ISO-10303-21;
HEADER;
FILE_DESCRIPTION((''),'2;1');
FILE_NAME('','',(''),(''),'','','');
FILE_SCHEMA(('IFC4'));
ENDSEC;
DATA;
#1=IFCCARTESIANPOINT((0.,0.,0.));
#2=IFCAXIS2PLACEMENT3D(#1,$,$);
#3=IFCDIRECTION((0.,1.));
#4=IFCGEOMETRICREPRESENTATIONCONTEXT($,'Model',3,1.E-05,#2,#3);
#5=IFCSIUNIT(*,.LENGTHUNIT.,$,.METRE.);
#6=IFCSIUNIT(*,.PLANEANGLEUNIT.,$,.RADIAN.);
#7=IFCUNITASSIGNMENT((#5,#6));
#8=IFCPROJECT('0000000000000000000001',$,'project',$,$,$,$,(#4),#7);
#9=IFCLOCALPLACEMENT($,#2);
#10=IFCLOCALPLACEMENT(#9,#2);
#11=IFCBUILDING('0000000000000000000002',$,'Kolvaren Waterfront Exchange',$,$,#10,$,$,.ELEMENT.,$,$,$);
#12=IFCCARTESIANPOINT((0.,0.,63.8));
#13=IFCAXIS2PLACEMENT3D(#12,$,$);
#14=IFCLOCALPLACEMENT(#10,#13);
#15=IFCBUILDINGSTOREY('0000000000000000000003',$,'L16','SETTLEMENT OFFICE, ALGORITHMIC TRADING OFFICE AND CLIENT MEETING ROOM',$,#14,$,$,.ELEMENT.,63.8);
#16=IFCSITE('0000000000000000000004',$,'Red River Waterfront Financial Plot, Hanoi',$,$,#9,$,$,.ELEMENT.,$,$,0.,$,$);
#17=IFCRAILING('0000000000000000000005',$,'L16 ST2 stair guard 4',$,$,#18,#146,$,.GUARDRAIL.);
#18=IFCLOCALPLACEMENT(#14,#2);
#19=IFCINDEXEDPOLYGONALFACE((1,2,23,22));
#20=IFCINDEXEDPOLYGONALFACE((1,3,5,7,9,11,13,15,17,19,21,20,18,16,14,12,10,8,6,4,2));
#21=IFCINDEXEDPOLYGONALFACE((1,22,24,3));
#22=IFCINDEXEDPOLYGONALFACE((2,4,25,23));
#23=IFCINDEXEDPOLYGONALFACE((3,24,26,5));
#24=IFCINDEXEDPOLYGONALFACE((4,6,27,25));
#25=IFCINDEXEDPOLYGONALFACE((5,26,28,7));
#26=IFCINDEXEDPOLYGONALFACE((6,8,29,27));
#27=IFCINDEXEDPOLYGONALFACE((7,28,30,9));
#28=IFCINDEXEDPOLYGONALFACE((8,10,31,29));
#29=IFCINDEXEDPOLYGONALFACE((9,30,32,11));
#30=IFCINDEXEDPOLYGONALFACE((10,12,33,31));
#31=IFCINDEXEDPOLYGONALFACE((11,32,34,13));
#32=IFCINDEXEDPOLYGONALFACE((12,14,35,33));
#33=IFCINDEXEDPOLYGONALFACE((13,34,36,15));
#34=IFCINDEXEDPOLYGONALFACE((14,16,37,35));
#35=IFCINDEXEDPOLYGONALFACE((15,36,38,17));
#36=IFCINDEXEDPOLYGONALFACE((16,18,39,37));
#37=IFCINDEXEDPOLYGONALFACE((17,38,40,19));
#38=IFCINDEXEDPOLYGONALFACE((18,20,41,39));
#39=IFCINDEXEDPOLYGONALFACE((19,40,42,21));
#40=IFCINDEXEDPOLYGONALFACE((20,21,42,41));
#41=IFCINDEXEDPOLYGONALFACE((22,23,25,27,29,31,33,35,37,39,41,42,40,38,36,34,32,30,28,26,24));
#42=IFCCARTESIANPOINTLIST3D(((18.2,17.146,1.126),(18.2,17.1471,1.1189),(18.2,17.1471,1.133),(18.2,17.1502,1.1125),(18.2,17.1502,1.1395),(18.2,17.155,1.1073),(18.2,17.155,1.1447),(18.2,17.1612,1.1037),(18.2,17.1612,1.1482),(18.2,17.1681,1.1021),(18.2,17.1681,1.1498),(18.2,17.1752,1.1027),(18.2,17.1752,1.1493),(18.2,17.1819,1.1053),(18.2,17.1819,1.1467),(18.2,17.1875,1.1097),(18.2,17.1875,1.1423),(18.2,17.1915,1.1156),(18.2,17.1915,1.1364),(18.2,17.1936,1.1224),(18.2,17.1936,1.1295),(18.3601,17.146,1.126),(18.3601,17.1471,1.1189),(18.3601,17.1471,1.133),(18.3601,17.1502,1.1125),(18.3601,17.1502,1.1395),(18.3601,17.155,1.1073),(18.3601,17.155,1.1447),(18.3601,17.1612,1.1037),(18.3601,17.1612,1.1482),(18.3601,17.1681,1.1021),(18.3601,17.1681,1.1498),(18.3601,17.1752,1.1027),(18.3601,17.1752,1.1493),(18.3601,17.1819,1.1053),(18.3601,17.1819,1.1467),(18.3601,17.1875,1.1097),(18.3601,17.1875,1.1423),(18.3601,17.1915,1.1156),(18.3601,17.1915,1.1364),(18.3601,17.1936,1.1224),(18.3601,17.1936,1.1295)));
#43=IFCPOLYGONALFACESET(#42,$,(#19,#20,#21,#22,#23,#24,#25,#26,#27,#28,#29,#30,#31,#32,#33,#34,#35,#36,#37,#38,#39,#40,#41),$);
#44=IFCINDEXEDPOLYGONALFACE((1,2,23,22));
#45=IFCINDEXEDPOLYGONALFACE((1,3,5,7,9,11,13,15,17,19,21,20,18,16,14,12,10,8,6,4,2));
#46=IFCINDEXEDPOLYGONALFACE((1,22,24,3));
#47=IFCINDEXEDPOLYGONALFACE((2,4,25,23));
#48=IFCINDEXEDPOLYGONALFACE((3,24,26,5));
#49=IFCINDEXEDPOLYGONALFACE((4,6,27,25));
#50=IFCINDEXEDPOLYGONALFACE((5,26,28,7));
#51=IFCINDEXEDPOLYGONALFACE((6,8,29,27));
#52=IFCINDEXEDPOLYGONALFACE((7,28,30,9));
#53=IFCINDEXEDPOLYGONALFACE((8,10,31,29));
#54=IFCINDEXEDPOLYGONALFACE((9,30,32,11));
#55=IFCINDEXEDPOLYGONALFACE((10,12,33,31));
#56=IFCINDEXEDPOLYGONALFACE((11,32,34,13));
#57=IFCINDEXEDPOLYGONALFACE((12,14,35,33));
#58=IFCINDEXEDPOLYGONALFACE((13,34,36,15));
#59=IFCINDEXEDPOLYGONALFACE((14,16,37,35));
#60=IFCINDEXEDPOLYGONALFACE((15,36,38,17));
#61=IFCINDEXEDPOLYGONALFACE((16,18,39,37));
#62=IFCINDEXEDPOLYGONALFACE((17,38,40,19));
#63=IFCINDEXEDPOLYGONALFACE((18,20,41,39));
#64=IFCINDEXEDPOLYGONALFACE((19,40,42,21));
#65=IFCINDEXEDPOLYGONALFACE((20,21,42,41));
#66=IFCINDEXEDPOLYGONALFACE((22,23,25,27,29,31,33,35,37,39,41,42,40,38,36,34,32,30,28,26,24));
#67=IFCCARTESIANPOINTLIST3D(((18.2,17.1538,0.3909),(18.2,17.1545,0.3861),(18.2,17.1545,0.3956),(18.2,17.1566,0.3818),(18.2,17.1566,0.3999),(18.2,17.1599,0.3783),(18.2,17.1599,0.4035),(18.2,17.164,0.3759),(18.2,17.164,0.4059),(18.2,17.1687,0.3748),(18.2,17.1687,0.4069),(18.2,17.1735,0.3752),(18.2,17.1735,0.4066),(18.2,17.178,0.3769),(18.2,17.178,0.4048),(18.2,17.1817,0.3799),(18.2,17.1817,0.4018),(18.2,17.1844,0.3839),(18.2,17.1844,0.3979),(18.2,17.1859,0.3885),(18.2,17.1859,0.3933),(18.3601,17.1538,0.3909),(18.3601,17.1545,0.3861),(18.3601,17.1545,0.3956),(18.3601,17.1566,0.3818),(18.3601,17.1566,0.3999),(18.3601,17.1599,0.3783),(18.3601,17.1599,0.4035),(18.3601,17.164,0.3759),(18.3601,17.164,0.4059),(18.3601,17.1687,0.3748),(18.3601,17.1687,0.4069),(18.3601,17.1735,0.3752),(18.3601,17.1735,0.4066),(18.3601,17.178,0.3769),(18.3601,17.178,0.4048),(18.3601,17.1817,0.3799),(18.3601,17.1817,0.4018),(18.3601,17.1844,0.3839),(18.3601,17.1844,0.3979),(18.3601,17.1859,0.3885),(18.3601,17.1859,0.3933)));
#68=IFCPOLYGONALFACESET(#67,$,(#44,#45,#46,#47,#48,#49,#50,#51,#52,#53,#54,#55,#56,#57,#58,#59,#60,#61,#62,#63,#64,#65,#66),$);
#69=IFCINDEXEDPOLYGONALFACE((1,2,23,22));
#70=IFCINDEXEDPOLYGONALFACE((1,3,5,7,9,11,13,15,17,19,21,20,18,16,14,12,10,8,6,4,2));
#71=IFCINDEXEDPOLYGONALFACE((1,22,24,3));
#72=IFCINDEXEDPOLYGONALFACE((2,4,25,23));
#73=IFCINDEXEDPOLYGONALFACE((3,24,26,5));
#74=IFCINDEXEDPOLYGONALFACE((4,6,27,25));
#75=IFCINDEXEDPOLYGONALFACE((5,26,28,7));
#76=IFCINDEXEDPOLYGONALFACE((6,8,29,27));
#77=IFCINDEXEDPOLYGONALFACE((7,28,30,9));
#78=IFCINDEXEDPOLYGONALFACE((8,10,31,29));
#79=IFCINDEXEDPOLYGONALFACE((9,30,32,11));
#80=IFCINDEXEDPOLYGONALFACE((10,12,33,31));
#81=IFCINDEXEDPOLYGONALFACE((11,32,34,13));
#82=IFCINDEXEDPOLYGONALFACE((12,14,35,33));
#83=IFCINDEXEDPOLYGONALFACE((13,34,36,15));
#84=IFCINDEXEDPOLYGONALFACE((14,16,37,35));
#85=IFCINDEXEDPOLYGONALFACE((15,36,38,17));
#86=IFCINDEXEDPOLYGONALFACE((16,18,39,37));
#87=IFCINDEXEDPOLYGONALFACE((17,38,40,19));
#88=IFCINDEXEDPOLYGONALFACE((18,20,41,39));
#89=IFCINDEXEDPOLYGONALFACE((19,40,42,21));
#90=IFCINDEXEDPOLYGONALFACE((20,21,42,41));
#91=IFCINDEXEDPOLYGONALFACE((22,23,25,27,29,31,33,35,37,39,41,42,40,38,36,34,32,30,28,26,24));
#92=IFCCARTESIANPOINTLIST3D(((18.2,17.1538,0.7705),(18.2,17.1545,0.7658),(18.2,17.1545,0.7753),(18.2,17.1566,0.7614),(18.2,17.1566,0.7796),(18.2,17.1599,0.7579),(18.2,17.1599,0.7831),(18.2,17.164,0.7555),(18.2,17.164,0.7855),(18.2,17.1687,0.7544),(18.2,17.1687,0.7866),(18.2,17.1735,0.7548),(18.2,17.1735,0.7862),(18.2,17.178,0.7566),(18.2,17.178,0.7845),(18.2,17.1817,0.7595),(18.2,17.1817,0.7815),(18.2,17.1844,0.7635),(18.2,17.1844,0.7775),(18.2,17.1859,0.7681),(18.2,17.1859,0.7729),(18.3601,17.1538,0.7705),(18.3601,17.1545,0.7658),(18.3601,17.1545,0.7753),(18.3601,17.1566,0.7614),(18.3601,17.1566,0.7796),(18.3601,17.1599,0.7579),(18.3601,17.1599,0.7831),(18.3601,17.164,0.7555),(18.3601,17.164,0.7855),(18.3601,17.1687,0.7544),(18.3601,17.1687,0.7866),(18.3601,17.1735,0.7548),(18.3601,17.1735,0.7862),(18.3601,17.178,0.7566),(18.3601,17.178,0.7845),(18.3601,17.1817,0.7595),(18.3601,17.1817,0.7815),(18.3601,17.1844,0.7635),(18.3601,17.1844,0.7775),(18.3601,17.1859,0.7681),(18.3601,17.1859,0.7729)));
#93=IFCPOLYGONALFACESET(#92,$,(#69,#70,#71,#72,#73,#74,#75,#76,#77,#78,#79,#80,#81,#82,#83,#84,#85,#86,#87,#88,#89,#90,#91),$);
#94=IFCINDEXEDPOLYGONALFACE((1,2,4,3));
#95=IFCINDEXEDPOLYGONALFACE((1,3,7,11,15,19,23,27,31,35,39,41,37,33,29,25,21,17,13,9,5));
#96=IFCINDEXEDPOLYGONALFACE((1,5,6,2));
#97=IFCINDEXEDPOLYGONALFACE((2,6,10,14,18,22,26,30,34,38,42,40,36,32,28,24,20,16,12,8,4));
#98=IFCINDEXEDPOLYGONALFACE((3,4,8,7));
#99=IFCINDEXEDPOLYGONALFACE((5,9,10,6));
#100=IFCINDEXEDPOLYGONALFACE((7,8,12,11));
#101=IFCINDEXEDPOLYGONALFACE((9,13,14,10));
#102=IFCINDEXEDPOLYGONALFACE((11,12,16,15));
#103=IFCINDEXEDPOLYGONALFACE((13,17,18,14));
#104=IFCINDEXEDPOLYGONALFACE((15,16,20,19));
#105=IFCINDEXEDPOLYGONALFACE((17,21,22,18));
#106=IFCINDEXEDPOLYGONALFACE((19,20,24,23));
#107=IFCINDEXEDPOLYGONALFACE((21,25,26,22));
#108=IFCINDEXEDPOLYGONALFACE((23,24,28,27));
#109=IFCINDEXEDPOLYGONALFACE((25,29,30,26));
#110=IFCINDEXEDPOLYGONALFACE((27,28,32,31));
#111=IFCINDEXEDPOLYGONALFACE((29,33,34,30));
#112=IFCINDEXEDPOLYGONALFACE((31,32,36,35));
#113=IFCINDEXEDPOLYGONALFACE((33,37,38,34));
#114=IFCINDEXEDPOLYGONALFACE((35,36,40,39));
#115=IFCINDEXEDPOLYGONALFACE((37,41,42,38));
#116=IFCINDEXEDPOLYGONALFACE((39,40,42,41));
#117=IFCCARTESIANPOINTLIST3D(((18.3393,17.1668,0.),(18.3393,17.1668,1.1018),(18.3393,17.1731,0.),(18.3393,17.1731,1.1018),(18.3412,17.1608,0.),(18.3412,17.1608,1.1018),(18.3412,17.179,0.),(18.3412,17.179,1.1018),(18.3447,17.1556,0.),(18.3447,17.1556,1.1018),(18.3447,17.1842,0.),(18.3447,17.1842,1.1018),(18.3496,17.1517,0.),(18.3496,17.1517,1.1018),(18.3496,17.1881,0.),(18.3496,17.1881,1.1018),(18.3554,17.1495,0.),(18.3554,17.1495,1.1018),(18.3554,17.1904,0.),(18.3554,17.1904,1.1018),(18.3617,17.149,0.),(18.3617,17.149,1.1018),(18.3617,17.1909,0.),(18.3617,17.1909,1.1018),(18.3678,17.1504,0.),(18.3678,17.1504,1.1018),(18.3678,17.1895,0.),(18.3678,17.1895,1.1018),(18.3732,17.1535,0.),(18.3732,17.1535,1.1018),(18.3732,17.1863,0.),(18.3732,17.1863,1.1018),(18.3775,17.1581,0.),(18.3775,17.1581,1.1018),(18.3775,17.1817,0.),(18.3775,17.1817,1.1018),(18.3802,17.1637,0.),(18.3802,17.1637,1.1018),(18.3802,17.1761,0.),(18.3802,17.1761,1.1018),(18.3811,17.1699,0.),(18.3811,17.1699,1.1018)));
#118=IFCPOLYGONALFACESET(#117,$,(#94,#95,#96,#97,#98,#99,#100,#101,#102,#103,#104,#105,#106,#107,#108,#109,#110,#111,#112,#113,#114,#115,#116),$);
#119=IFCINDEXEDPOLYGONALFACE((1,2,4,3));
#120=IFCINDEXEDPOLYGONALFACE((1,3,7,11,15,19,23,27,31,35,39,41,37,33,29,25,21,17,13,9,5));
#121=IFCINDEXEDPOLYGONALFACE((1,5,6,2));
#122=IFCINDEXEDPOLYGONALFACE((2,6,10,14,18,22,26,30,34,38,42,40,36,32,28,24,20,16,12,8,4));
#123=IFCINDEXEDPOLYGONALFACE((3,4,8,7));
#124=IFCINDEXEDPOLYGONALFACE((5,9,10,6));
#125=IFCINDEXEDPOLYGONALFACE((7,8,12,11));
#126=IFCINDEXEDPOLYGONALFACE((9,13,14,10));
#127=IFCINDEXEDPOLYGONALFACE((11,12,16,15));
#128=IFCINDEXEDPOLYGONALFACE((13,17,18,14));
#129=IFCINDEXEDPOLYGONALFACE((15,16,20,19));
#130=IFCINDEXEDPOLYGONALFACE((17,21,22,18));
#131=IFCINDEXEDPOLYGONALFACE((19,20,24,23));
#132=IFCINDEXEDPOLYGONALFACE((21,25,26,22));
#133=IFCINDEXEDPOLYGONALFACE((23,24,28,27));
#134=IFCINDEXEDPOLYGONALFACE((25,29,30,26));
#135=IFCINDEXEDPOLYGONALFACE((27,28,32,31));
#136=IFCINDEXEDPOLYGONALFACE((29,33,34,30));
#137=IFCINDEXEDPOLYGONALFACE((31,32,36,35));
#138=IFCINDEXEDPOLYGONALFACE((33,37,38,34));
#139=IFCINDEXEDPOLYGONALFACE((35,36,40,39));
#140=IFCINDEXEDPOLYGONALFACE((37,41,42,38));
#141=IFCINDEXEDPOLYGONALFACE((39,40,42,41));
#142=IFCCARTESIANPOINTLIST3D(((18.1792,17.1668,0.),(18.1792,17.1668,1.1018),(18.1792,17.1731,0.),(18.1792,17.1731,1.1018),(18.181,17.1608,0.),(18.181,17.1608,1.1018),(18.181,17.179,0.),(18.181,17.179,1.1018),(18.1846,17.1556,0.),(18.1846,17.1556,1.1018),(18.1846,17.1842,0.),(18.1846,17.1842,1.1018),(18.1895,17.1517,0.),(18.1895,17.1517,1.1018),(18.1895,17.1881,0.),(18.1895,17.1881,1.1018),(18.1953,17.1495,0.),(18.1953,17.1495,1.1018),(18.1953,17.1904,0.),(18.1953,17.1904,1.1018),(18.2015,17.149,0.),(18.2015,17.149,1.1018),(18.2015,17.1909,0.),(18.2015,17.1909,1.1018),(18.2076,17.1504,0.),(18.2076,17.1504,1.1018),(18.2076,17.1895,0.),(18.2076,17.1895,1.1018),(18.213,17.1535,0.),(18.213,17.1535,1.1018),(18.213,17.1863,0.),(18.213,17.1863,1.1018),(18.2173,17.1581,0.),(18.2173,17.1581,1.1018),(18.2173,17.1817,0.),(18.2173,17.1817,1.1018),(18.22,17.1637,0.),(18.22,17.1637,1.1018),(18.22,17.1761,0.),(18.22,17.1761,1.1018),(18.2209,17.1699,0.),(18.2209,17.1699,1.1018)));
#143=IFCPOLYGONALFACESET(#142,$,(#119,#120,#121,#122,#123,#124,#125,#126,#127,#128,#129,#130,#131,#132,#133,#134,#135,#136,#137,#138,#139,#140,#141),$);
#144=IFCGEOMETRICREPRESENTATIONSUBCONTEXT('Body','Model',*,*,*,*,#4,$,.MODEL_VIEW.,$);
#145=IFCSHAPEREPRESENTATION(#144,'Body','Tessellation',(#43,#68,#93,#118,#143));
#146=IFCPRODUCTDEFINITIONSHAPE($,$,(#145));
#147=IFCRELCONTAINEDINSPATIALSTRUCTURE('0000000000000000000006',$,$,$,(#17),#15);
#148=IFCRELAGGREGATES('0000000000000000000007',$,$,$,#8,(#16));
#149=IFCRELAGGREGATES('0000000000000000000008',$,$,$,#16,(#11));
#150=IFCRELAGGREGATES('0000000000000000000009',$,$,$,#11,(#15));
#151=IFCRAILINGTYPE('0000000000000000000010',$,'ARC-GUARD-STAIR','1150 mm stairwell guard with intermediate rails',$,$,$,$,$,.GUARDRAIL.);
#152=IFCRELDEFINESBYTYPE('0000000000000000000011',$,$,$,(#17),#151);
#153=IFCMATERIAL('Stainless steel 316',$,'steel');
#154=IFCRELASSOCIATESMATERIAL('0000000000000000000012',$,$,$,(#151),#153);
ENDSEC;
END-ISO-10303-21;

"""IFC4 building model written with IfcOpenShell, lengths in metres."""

from ifc_helpers import new_model, si_unit, direction, frame, origin, origin_2d, place, context, subcontext, project, spatial, circle, extrude, material, type_object, element, save


model = new_model("IFC4")

# Units and contexts
model_context = context("Model", 3, precision=1e-05, world=origin(), true_north=direction((0.0, 1.0)))
body_context = subcontext(model_context, "Body", "Model", "MODEL_VIEW")
ifc_project = project(units=[si_unit("LENGTHUNIT", "METRE"), si_unit("PLANEANGLEUNIT", "RADIAN")], contexts=[model_context])

# Site, building, storey
site_placement = place(None, origin())
site = spatial("IfcSite", under=ifc_project, at=site_placement, Name="Red River Waterfront Financial Plot, Hanoi", CompositionType="ELEMENT", RefElevation=0.0)
building_placement = place(site_placement, origin())
building = spatial("IfcBuilding", under=site, at=building_placement, Name="Kolvaren Waterfront Exchange", CompositionType="ELEMENT")
storey_placement = place(building_placement, frame((0.0, 0.0, 63.8)))
storey = spatial("IfcBuildingStorey", under=building, at=storey_placement, Name="L16", Description="SETTLEMENT OFFICE, ALGORITHMIC TRADING OFFICE AND CLIENT MEETING ROOM", CompositionType="ELEMENT", Elevation=63.8)

# Railing
ifc_material_1 = material(Name="Stainless steel 316", Category="steel")
railing_type_1 = type_object("IfcRailingType", Name="ARC-GUARD-STAIR", Description="1150 mm stairwell guard with intermediate rails", PredefinedType="GUARDRAIL", material=ifc_material_1)
railing_1_placement = place(storey_placement, frame((18.3601, 17.1699, 0.0)))
element("IfcRailing", 1, at=railing_1_placement, inside=storey, type_object=railing_type_1, Name="L16 ST2 stair guard 4", PredefinedType="GUARDRAIL", context=body_context, shape_type="SweptSolid", body=[
    extrude(circle(Radius=0.0239, at=origin_2d()), frame((0.0, 0.0, 1.126), z_axis=(-1.0, 0.0, 0.0), x_axis=(0.0, -1.0, 0.0)), (0.0, 0.0, 1.0), 0.1602),
    extrude(circle(Radius=0.0161, at=origin_2d()), frame((0.0, 0.0, 0.3909), z_axis=(-1.0, 0.0, 0.0), x_axis=(0.0, -1.0, 0.0)), (0.0, 0.0, 1.0), 0.1602),
    extrude(circle(Radius=0.0161, at=origin_2d()), frame((0.0, 0.0, 0.7705), z_axis=(-1.0, 0.0, 0.0), x_axis=(0.0, -1.0, 0.0)), (0.0, 0.0, 1.0), 0.1602),
    extrude(circle(Radius=0.021, at=origin_2d()), origin(), (0.0, 0.0, 1.0), 1.1018),
    extrude(circle(Radius=0.021, at=origin_2d()), frame((-0.1602, 0.0, 0.0)), (0.0, 0.0, 1.0), 1.1018),
])

save(model, "model.ifc")
